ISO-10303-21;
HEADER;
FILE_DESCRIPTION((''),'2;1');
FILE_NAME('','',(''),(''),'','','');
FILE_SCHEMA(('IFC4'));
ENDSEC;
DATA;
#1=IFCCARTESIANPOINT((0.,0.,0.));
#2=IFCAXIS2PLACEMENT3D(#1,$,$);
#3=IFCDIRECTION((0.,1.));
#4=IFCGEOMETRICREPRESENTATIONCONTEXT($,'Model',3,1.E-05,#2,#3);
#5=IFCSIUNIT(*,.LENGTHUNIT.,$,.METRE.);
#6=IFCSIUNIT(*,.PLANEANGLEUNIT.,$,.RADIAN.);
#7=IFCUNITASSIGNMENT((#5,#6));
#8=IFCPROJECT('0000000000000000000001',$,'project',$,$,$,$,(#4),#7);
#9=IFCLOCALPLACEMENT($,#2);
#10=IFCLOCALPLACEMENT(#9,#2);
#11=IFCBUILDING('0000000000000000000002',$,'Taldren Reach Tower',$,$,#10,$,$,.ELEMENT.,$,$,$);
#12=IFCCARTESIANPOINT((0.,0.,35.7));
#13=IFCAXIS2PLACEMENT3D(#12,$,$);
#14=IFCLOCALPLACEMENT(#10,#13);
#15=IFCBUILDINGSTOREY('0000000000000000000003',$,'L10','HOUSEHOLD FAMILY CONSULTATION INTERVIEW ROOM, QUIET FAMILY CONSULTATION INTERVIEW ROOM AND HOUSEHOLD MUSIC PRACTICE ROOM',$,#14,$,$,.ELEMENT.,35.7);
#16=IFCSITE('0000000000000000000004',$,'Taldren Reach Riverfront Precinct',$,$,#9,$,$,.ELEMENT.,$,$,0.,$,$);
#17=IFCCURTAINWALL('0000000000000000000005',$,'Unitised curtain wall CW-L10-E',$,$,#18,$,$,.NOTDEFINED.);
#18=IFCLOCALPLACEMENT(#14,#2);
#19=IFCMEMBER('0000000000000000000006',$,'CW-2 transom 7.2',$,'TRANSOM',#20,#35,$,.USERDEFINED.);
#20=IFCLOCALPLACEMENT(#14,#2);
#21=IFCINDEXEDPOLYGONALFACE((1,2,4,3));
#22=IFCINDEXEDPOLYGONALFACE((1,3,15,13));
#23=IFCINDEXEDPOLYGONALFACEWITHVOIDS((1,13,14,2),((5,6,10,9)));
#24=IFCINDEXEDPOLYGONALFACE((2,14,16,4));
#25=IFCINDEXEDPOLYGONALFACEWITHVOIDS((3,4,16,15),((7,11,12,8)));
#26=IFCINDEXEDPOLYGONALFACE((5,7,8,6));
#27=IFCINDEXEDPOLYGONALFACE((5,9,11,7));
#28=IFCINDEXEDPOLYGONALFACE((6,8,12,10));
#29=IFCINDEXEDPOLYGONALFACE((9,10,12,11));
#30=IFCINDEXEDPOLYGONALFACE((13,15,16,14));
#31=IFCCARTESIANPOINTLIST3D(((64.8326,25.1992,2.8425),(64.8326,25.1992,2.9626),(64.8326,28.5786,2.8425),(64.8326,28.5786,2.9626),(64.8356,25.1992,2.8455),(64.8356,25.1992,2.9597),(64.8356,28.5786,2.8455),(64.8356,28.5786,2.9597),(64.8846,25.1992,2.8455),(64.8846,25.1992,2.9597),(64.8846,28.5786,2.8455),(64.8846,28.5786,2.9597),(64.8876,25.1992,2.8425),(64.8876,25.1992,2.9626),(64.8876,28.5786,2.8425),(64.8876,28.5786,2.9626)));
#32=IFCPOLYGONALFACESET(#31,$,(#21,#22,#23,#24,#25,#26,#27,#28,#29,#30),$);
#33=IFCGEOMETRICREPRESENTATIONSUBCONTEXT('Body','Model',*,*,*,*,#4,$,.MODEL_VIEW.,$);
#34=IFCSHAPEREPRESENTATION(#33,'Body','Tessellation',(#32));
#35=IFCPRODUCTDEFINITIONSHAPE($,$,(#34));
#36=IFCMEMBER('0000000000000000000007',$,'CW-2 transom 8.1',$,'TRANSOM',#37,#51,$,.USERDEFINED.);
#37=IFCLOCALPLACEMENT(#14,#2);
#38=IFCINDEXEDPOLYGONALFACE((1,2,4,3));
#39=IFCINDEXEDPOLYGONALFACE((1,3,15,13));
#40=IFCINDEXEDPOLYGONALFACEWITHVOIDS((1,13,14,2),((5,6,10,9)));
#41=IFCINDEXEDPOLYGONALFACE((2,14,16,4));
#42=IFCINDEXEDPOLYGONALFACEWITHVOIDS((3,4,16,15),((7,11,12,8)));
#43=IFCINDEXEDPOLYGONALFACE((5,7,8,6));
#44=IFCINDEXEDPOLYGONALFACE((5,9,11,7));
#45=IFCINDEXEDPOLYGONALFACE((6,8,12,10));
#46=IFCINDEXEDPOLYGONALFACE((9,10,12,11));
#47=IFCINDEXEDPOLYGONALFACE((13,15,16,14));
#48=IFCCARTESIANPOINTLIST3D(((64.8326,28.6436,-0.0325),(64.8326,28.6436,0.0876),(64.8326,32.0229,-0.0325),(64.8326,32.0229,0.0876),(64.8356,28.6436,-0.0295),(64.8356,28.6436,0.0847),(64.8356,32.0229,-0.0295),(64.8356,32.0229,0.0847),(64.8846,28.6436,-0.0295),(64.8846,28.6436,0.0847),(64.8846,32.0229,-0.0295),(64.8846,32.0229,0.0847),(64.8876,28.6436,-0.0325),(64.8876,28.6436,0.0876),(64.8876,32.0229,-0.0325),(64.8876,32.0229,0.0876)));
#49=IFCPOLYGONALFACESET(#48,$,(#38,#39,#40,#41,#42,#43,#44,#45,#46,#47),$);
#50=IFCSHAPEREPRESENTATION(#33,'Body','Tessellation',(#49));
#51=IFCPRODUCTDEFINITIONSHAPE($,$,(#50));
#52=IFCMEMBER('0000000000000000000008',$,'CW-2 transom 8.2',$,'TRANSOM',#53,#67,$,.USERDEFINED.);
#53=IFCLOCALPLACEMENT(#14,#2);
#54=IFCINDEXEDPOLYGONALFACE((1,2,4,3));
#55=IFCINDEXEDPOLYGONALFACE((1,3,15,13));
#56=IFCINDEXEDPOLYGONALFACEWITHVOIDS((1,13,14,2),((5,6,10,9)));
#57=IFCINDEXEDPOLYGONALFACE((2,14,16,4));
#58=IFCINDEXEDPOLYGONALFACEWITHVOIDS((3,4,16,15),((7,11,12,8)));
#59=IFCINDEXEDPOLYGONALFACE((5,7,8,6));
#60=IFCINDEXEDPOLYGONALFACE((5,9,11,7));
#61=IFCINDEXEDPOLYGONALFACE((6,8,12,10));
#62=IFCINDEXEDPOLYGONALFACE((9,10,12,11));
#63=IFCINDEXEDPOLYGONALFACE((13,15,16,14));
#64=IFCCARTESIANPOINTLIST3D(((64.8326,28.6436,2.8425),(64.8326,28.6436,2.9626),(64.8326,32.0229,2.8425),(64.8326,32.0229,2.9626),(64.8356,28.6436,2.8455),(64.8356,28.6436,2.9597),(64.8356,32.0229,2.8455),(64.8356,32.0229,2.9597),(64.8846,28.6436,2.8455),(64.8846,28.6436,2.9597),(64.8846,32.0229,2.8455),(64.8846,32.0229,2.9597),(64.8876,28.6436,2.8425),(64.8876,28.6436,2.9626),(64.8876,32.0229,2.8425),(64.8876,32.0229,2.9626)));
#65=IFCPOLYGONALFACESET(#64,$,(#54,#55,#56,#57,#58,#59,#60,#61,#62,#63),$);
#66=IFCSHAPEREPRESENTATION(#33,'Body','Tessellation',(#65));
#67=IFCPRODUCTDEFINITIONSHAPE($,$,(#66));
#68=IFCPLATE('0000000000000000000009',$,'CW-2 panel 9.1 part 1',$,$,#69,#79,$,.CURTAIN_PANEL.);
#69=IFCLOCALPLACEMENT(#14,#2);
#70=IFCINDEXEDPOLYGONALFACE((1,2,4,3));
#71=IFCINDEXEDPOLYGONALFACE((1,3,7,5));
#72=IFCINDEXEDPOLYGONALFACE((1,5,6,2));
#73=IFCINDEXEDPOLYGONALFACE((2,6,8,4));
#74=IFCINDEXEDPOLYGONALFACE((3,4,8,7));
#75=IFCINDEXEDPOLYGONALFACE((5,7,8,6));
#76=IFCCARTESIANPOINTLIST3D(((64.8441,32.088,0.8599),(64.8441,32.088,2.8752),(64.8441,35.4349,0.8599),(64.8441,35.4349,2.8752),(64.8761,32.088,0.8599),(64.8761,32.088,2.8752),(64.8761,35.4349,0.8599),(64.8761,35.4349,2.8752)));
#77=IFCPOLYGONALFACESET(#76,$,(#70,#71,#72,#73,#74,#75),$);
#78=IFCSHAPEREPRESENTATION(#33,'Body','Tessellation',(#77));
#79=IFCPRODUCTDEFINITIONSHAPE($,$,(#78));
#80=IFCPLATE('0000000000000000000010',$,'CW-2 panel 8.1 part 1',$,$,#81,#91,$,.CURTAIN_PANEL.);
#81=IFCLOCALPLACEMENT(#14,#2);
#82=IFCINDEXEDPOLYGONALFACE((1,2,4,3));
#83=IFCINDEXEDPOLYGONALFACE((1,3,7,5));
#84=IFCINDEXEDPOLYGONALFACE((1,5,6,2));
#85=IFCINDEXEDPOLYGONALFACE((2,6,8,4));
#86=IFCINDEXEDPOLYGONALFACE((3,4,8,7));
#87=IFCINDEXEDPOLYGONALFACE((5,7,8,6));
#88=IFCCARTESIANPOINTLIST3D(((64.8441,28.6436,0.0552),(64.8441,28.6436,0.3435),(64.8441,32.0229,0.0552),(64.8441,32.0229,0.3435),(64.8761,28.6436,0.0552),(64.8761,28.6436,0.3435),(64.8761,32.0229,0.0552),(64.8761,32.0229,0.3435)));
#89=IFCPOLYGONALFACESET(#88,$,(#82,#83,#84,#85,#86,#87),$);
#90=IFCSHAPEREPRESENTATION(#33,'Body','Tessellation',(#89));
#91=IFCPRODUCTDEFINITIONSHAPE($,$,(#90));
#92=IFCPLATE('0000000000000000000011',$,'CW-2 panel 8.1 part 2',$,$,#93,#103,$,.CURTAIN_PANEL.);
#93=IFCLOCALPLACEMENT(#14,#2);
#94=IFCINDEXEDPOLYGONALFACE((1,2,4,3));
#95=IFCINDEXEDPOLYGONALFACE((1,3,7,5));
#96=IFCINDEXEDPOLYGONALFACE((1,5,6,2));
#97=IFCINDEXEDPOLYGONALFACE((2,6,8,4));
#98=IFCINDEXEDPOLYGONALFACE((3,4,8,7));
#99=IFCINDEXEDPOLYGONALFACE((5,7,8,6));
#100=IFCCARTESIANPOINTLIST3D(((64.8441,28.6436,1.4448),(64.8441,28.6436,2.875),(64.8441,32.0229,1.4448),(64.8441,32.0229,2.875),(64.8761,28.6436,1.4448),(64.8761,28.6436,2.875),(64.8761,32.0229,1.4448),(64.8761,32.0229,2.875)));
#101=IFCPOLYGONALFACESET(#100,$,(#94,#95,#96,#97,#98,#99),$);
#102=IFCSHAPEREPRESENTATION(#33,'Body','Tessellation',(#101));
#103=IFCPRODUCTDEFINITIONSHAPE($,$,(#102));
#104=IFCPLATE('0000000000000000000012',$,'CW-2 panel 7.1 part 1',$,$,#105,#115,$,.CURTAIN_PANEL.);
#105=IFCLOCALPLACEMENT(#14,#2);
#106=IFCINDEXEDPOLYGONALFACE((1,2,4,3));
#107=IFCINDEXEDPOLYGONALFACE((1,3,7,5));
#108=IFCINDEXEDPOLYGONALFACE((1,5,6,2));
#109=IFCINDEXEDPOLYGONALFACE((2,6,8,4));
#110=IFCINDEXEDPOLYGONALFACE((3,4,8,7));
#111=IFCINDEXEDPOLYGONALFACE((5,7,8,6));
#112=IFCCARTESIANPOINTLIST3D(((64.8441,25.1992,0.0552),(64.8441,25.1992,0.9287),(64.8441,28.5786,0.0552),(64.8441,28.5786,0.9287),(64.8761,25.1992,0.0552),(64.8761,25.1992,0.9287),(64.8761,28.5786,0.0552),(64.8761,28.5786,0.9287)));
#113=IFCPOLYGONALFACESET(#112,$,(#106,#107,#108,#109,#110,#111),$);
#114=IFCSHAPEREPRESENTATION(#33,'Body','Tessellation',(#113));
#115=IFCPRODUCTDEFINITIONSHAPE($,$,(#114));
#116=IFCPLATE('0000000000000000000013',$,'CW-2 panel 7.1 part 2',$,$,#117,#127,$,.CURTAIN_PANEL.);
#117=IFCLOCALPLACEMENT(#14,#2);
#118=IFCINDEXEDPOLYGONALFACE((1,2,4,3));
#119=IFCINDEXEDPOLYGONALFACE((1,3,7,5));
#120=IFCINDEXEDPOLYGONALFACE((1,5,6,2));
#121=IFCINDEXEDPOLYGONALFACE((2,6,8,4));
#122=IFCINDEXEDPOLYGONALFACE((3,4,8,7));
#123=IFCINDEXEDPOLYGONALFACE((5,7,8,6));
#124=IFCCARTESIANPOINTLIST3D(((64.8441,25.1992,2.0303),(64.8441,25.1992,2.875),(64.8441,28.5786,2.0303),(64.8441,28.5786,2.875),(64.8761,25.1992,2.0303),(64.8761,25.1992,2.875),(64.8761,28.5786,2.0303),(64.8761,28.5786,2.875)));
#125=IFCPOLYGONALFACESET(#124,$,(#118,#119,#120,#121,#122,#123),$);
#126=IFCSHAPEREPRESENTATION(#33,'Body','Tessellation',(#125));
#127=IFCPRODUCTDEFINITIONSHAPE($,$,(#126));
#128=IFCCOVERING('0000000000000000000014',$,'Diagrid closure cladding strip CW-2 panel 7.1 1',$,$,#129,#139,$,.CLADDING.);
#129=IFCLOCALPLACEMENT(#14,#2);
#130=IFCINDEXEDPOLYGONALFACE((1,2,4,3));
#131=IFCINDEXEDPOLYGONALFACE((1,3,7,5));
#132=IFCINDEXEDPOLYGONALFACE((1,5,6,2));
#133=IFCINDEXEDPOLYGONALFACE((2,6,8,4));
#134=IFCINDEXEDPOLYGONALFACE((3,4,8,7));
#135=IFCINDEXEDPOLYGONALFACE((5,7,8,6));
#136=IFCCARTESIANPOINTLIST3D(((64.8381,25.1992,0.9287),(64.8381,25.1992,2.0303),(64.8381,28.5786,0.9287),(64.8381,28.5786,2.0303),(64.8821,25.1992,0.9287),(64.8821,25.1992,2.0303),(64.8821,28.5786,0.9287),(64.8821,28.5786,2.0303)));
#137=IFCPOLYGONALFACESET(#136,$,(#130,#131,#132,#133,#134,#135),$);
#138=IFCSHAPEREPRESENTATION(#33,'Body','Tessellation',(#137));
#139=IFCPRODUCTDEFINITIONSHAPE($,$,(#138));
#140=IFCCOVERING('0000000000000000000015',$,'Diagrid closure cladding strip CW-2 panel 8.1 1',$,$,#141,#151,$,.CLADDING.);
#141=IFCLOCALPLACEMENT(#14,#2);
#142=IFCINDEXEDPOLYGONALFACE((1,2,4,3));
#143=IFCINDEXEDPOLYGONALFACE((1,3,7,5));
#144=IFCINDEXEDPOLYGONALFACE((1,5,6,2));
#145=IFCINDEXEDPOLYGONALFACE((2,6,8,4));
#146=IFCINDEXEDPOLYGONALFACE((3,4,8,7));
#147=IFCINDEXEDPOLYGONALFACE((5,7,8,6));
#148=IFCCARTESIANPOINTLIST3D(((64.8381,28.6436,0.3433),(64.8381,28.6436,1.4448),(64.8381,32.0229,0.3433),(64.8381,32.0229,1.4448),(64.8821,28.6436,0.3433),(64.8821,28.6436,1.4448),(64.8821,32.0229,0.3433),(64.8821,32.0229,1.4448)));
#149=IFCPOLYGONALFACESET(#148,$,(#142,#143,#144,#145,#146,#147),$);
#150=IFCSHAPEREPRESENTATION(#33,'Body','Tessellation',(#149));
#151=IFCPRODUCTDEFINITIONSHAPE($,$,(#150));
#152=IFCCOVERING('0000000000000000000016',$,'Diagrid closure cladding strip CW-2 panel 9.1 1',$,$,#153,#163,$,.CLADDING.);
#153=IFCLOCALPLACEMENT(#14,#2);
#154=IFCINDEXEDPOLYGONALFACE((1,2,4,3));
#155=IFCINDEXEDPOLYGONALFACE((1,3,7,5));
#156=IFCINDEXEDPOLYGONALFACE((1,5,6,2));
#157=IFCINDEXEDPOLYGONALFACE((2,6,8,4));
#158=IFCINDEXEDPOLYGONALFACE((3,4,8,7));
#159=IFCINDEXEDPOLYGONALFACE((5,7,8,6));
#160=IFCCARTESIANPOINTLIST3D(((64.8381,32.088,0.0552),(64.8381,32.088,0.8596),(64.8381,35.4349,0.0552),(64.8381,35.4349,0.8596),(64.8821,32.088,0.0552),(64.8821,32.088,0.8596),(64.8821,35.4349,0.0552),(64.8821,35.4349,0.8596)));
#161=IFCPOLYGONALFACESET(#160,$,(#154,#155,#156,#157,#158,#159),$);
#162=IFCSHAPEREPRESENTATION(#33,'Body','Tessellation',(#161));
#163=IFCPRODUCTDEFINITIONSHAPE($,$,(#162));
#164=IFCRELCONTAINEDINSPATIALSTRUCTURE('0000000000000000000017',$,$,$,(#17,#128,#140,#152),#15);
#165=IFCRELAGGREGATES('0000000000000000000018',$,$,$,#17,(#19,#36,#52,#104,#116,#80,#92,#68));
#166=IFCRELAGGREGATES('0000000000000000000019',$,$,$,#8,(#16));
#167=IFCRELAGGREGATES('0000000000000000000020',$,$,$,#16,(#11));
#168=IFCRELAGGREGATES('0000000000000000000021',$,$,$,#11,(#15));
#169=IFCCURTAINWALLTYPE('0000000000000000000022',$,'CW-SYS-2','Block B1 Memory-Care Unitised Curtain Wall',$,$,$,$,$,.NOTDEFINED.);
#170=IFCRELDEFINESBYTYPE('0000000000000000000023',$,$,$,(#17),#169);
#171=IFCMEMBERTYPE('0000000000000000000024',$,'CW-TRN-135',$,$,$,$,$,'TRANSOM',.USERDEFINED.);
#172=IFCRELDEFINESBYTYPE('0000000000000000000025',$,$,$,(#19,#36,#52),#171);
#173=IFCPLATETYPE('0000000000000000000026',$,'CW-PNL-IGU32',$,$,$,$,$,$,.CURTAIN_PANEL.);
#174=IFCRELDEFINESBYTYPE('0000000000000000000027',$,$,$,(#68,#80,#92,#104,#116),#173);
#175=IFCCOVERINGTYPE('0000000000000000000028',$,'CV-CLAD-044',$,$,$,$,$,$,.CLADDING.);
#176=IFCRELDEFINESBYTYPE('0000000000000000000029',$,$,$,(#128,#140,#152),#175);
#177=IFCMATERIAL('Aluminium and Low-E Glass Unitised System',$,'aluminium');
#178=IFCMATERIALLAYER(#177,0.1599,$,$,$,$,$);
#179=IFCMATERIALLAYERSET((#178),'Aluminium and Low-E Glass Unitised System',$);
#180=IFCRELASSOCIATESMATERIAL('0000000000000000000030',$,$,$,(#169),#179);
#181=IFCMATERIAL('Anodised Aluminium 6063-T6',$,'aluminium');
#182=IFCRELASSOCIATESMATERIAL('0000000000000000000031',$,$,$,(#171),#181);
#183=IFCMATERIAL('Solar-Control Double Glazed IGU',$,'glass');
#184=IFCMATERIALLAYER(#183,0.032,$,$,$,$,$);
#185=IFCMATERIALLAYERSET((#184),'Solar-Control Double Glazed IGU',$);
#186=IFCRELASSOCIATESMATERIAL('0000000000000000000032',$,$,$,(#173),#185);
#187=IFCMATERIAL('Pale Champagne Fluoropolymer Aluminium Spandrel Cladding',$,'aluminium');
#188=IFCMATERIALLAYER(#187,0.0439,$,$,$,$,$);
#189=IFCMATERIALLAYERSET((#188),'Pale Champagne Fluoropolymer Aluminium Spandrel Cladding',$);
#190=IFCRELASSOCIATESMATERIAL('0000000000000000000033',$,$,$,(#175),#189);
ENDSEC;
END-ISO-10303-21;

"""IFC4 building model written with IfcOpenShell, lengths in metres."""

from ifc_helpers import new_model, si_unit, direction, frame, origin, origin_2d, place, context, subcontext, project, spatial, rectangle, hollow_rectangle, extrude, source, transform, mapped, material, layer, layer_set, material_profile, profile_set, type_object, element, aggregate, save


model = new_model("IFC4")

# Units and contexts
model_context = context("Model", 3, precision=1e-05, world=origin(), true_north=direction((0.0, 1.0)))
body_context = subcontext(model_context, "Body", "Model", "MODEL_VIEW")
ifc_project = project(units=[si_unit("LENGTHUNIT", "METRE"), si_unit("PLANEANGLEUNIT", "RADIAN")], contexts=[model_context])

# Site, building, storey
site_placement = place(None, origin())
site = spatial("IfcSite", under=ifc_project, at=site_placement, Name="Taldren Reach Riverfront Precinct", CompositionType="ELEMENT", RefElevation=0.0)
building_placement = place(site_placement, origin())
building = spatial("IfcBuilding", under=site, at=building_placement, Name="Taldren Reach Tower", CompositionType="ELEMENT")
storey_placement = place(building_placement, frame((0.0, 0.0, 35.7)))
storey = spatial("IfcBuildingStorey", under=building, at=storey_placement, Name="L10", Description="HOUSEHOLD FAMILY CONSULTATION INTERVIEW ROOM, QUIET FAMILY CONSULTATION INTERVIEW ROOM AND HOUSEHOLD MUSIC PRACTICE ROOM", CompositionType="ELEMENT", Elevation=35.7)

# Curtain wall, members, plates
ifc_material_1 = material(Name="Aluminium and Low-E Glass Unitised System", Category="aluminium")
ifc_layer_1 = layer(ifc_material_1, 0.1599)
ifc_layer_set_1 = layer_set([ifc_layer_1], Name="Aluminium and Low-E Glass Unitised System")
curtain_wall_type = type_object("IfcCurtainWallType", Name="CW-SYS-2", Description="Block B1 Memory-Care Unitised Curtain Wall", PredefinedType="NOTDEFINED", material=ifc_layer_set_1)
curtain_wall_placement = place(storey_placement, origin())
curtain_wall = element("IfcCurtainWall", 1, at=curtain_wall_placement, inside=storey, type_object=curtain_wall_type, Name="Unitised curtain wall CW-L10-E", PredefinedType="NOTDEFINED")
ifc_material_2 = material(Name="Anodised Aluminium 6063-T6", Category="aluminium")
ifc_material_profile_1 = material_profile(ifc_material_2, hollow_rectangle(XDim=0.0549, YDim=0.1201, WallThickness=0.0029, at=origin_2d()), Name="ALU-120x55x3RHS")
ifc_profile_set_1 = profile_set([ifc_material_profile_1], Name="Anodised Aluminium 6063-T6")
member_type_1 = type_object("IfcMemberType", Name="CW-TRN-135", ElementType="TRANSOM", PredefinedType="USERDEFINED", material=ifc_profile_set_1)
shared_shape_1 = source(origin(), body_context, "Body", "SweptSolid", [
    extrude(hollow_rectangle(XDim=0.0549, YDim=0.1201, WallThickness=0.0029, at=origin_2d()), origin(), (0.0, 0.0, 1.0), 3.3794),
])
member_1_placement = place(storey_placement, frame((64.8601, 25.1992, 2.9026), z_axis=(0.0, 1.0, 0.0), x_axis=(-1.0, 0.0, 0.0)))
member_1 = element("IfcMember", 2, at=member_1_placement, type_object=member_type_1, Name="CW-2 transom 7.2", ObjectType="TRANSOM", PredefinedType="USERDEFINED", context=body_context, shape_type="MappedRepresentation", body=[
    mapped(shared_shape_1, transform((0.0, 0.0, 0.0), scale=1.0)),
])
member_2_placement = place(storey_placement, frame((64.8601, 28.6436, 0.0276), z_axis=(0.0, 1.0, 0.0), x_axis=(-1.0, 0.0, 0.0)))
member_2 = element("IfcMember", 3, at=member_2_placement, type_object=member_type_1, Name="CW-2 transom 8.1", ObjectType="TRANSOM", PredefinedType="USERDEFINED", context=body_context, shape_type="MappedRepresentation", body=[
    mapped(shared_shape_1, transform((0.0, 0.0, 0.0), scale=1.0)),
])
member_3_placement = place(storey_placement, frame((64.8601, 28.6436, 2.9026), z_axis=(0.0, 1.0, 0.0), x_axis=(-1.0, 0.0, 0.0)))
member_3 = element("IfcMember", 4, at=member_3_placement, type_object=member_type_1, Name="CW-2 transom 8.2", ObjectType="TRANSOM", PredefinedType="USERDEFINED", context=body_context, shape_type="MappedRepresentation", body=[
    mapped(shared_shape_1, transform((0.0, 0.0, 0.0), scale=1.0)),
])
ifc_material_3 = material(Name="Solar-Control Double Glazed IGU", Category="glass")
ifc_layer_2 = layer(ifc_material_3, 0.032)
ifc_layer_set_2 = layer_set([ifc_layer_2], Name="Solar-Control Double Glazed IGU")
plate_type = type_object("IfcPlateType", Name="CW-PNL-IGU32", PredefinedType="CURTAIN_PANEL", material=ifc_layer_set_2)
shared_shape_2 = source(origin(), body_context, "Body", "SweptSolid", [
    extrude(rectangle(XDim=3.3469, YDim=0.032, at=origin_2d()), origin(), (0.0, 0.0, 1.0), 2.0154),
])
plate_1_placement = place(storey_placement, frame((64.8601, 33.7615, 0.8599), z_axis=(0.0, 0.0, 1.0), x_axis=(0.0, 1.0, 0.0)))
plate_1 = element("IfcPlate", 5, at=plate_1_placement, type_object=plate_type, Name="CW-2 panel 9.1 part 1", PredefinedType="CURTAIN_PANEL", context=body_context, shape_type="MappedRepresentation", body=[
    mapped(shared_shape_2, transform((0.0, 0.0, 0.0), scale=1.0)),
])
shared_shape_3 = source(origin(), body_context, "Body", "SweptSolid", [
    extrude(rectangle(XDim=3.3794, YDim=0.032, at=origin_2d()), origin(), (0.0, 0.0, 1.0), 0.2883),
])
plate_2_placement = place(storey_placement, frame((64.8601, 30.3333, 0.0552), z_axis=(0.0, 0.0, 1.0), x_axis=(0.0, 1.0, 0.0)))
plate_2 = element("IfcPlate", 6, at=plate_2_placement, type_object=plate_type, Name="CW-2 panel 8.1 part 1", PredefinedType="CURTAIN_PANEL", context=body_context, shape_type="MappedRepresentation", body=[
    mapped(shared_shape_3, transform((0.0, 0.0, 0.0), scale=1.0)),
])
shared_shape_4 = source(origin(), body_context, "Body", "SweptSolid", [
    extrude(rectangle(XDim=3.3794, YDim=0.032, at=origin_2d()), origin(), (0.0, 0.0, 1.0), 1.4302),
])
plate_3_placement = place(storey_placement, frame((64.8601, 30.3333, 1.4448), z_axis=(0.0, 0.0, 1.0), x_axis=(0.0, 1.0, 0.0)))
plate_3 = element("IfcPlate", 7, at=plate_3_placement, type_object=plate_type, Name="CW-2 panel 8.1 part 2", PredefinedType="CURTAIN_PANEL", context=body_context, shape_type="MappedRepresentation", body=[
    mapped(shared_shape_4, transform((0.0, 0.0, 0.0), scale=1.0)),
])
shared_shape_5 = source(origin(), body_context, "Body", "SweptSolid", [
    extrude(rectangle(XDim=3.3794, YDim=0.032, at=origin_2d()), origin(), (0.0, 0.0, 1.0), 0.8735),
])
plate_4_placement = place(storey_placement, frame((64.8601, 26.8889, 0.0552), z_axis=(0.0, 0.0, 1.0), x_axis=(0.0, 1.0, 0.0)))
plate_4 = element("IfcPlate", 8, at=plate_4_placement, type_object=plate_type, Name="CW-2 panel 7.1 part 1", PredefinedType="CURTAIN_PANEL", context=body_context, shape_type="MappedRepresentation", body=[
    mapped(shared_shape_5, transform((0.0, 0.0, 0.0), scale=1.0)),
])
shared_shape_6 = source(origin(), body_context, "Body", "SweptSolid", [
    extrude(rectangle(XDim=3.3794, YDim=0.032, at=origin_2d()), origin(), (0.0, 0.0, 1.0), 0.8447),
])
plate_5_placement = place(storey_placement, frame((64.8601, 26.8889, 2.0303), z_axis=(0.0, 0.0, 1.0), x_axis=(0.0, 1.0, 0.0)))
plate_5 = element("IfcPlate", 9, at=plate_5_placement, type_object=plate_type, Name="CW-2 panel 7.1 part 2", PredefinedType="CURTAIN_PANEL", context=body_context, shape_type="MappedRepresentation", body=[
    mapped(shared_shape_6, transform((0.0, 0.0, 0.0), scale=1.0)),
])
aggregate(curtain_wall, [member_1, member_2, member_3, plate_4, plate_5, plate_2, plate_3, plate_1])

# Coverings
ifc_material_4 = material(Name="Pale Champagne Fluoropolymer Aluminium Spandrel Cladding", Category="aluminium")
ifc_layer_3 = layer(ifc_material_4, 0.0439)
ifc_layer_set_3 = layer_set([ifc_layer_3], Name="Pale Champagne Fluoropolymer Aluminium Spandrel Cladding")
covering_type = type_object("IfcCoveringType", Name="CV-CLAD-044", PredefinedType="CLADDING", material=ifc_layer_set_3)
shared_shape_7 = source(origin(), body_context, "Body", "SweptSolid", [
    extrude(rectangle(XDim=3.3794, YDim=0.0439, at=origin_2d()), origin(), (0.0, 0.0, 1.0), 1.1016),
])
for number, where, z_axis, x_axis, name in (
    (10, (64.8601, 26.8889, 0.9287), (0.0, 0.0, 1.0), (0.0, 1.0, 0.0), "Diagrid closure cladding strip CW-2 panel 7.1 1"),
    (11, (64.8601, 30.3333, 0.3433), (0.0, 0.0, 1.0), (0.0, 1.0, 0.0), "Diagrid closure cladding strip CW-2 panel 8.1 1"),
):
    element("IfcCovering", number, at=place(storey_placement, frame(where, z_axis=z_axis, x_axis=x_axis)), inside=storey, type_object=covering_type, Name=name, PredefinedType="CLADDING", context=body_context, shape_type="MappedRepresentation", body=[
        mapped(shared_shape_7, transform((0.0, 0.0, 0.0), scale=1.0)),
    ])
shared_shape_8 = source(origin(), body_context, "Body", "SweptSolid", [
    extrude(rectangle(XDim=3.3469, YDim=0.0439, at=origin_2d()), origin(), (0.0, 0.0, 1.0), 0.8044),
])
covering_placement = place(storey_placement, frame((64.8601, 33.7615, 0.0552), z_axis=(0.0, 0.0, 1.0), x_axis=(0.0, 1.0, 0.0)))
element("IfcCovering", 12, at=covering_placement, inside=storey, type_object=covering_type, Name="Diagrid closure cladding strip CW-2 panel 9.1 1", PredefinedType="CLADDING", context=body_context, shape_type="MappedRepresentation", body=[
    mapped(shared_shape_8, transform((0.0, 0.0, 0.0), scale=1.0)),
])

save(model, "model.ifc")
